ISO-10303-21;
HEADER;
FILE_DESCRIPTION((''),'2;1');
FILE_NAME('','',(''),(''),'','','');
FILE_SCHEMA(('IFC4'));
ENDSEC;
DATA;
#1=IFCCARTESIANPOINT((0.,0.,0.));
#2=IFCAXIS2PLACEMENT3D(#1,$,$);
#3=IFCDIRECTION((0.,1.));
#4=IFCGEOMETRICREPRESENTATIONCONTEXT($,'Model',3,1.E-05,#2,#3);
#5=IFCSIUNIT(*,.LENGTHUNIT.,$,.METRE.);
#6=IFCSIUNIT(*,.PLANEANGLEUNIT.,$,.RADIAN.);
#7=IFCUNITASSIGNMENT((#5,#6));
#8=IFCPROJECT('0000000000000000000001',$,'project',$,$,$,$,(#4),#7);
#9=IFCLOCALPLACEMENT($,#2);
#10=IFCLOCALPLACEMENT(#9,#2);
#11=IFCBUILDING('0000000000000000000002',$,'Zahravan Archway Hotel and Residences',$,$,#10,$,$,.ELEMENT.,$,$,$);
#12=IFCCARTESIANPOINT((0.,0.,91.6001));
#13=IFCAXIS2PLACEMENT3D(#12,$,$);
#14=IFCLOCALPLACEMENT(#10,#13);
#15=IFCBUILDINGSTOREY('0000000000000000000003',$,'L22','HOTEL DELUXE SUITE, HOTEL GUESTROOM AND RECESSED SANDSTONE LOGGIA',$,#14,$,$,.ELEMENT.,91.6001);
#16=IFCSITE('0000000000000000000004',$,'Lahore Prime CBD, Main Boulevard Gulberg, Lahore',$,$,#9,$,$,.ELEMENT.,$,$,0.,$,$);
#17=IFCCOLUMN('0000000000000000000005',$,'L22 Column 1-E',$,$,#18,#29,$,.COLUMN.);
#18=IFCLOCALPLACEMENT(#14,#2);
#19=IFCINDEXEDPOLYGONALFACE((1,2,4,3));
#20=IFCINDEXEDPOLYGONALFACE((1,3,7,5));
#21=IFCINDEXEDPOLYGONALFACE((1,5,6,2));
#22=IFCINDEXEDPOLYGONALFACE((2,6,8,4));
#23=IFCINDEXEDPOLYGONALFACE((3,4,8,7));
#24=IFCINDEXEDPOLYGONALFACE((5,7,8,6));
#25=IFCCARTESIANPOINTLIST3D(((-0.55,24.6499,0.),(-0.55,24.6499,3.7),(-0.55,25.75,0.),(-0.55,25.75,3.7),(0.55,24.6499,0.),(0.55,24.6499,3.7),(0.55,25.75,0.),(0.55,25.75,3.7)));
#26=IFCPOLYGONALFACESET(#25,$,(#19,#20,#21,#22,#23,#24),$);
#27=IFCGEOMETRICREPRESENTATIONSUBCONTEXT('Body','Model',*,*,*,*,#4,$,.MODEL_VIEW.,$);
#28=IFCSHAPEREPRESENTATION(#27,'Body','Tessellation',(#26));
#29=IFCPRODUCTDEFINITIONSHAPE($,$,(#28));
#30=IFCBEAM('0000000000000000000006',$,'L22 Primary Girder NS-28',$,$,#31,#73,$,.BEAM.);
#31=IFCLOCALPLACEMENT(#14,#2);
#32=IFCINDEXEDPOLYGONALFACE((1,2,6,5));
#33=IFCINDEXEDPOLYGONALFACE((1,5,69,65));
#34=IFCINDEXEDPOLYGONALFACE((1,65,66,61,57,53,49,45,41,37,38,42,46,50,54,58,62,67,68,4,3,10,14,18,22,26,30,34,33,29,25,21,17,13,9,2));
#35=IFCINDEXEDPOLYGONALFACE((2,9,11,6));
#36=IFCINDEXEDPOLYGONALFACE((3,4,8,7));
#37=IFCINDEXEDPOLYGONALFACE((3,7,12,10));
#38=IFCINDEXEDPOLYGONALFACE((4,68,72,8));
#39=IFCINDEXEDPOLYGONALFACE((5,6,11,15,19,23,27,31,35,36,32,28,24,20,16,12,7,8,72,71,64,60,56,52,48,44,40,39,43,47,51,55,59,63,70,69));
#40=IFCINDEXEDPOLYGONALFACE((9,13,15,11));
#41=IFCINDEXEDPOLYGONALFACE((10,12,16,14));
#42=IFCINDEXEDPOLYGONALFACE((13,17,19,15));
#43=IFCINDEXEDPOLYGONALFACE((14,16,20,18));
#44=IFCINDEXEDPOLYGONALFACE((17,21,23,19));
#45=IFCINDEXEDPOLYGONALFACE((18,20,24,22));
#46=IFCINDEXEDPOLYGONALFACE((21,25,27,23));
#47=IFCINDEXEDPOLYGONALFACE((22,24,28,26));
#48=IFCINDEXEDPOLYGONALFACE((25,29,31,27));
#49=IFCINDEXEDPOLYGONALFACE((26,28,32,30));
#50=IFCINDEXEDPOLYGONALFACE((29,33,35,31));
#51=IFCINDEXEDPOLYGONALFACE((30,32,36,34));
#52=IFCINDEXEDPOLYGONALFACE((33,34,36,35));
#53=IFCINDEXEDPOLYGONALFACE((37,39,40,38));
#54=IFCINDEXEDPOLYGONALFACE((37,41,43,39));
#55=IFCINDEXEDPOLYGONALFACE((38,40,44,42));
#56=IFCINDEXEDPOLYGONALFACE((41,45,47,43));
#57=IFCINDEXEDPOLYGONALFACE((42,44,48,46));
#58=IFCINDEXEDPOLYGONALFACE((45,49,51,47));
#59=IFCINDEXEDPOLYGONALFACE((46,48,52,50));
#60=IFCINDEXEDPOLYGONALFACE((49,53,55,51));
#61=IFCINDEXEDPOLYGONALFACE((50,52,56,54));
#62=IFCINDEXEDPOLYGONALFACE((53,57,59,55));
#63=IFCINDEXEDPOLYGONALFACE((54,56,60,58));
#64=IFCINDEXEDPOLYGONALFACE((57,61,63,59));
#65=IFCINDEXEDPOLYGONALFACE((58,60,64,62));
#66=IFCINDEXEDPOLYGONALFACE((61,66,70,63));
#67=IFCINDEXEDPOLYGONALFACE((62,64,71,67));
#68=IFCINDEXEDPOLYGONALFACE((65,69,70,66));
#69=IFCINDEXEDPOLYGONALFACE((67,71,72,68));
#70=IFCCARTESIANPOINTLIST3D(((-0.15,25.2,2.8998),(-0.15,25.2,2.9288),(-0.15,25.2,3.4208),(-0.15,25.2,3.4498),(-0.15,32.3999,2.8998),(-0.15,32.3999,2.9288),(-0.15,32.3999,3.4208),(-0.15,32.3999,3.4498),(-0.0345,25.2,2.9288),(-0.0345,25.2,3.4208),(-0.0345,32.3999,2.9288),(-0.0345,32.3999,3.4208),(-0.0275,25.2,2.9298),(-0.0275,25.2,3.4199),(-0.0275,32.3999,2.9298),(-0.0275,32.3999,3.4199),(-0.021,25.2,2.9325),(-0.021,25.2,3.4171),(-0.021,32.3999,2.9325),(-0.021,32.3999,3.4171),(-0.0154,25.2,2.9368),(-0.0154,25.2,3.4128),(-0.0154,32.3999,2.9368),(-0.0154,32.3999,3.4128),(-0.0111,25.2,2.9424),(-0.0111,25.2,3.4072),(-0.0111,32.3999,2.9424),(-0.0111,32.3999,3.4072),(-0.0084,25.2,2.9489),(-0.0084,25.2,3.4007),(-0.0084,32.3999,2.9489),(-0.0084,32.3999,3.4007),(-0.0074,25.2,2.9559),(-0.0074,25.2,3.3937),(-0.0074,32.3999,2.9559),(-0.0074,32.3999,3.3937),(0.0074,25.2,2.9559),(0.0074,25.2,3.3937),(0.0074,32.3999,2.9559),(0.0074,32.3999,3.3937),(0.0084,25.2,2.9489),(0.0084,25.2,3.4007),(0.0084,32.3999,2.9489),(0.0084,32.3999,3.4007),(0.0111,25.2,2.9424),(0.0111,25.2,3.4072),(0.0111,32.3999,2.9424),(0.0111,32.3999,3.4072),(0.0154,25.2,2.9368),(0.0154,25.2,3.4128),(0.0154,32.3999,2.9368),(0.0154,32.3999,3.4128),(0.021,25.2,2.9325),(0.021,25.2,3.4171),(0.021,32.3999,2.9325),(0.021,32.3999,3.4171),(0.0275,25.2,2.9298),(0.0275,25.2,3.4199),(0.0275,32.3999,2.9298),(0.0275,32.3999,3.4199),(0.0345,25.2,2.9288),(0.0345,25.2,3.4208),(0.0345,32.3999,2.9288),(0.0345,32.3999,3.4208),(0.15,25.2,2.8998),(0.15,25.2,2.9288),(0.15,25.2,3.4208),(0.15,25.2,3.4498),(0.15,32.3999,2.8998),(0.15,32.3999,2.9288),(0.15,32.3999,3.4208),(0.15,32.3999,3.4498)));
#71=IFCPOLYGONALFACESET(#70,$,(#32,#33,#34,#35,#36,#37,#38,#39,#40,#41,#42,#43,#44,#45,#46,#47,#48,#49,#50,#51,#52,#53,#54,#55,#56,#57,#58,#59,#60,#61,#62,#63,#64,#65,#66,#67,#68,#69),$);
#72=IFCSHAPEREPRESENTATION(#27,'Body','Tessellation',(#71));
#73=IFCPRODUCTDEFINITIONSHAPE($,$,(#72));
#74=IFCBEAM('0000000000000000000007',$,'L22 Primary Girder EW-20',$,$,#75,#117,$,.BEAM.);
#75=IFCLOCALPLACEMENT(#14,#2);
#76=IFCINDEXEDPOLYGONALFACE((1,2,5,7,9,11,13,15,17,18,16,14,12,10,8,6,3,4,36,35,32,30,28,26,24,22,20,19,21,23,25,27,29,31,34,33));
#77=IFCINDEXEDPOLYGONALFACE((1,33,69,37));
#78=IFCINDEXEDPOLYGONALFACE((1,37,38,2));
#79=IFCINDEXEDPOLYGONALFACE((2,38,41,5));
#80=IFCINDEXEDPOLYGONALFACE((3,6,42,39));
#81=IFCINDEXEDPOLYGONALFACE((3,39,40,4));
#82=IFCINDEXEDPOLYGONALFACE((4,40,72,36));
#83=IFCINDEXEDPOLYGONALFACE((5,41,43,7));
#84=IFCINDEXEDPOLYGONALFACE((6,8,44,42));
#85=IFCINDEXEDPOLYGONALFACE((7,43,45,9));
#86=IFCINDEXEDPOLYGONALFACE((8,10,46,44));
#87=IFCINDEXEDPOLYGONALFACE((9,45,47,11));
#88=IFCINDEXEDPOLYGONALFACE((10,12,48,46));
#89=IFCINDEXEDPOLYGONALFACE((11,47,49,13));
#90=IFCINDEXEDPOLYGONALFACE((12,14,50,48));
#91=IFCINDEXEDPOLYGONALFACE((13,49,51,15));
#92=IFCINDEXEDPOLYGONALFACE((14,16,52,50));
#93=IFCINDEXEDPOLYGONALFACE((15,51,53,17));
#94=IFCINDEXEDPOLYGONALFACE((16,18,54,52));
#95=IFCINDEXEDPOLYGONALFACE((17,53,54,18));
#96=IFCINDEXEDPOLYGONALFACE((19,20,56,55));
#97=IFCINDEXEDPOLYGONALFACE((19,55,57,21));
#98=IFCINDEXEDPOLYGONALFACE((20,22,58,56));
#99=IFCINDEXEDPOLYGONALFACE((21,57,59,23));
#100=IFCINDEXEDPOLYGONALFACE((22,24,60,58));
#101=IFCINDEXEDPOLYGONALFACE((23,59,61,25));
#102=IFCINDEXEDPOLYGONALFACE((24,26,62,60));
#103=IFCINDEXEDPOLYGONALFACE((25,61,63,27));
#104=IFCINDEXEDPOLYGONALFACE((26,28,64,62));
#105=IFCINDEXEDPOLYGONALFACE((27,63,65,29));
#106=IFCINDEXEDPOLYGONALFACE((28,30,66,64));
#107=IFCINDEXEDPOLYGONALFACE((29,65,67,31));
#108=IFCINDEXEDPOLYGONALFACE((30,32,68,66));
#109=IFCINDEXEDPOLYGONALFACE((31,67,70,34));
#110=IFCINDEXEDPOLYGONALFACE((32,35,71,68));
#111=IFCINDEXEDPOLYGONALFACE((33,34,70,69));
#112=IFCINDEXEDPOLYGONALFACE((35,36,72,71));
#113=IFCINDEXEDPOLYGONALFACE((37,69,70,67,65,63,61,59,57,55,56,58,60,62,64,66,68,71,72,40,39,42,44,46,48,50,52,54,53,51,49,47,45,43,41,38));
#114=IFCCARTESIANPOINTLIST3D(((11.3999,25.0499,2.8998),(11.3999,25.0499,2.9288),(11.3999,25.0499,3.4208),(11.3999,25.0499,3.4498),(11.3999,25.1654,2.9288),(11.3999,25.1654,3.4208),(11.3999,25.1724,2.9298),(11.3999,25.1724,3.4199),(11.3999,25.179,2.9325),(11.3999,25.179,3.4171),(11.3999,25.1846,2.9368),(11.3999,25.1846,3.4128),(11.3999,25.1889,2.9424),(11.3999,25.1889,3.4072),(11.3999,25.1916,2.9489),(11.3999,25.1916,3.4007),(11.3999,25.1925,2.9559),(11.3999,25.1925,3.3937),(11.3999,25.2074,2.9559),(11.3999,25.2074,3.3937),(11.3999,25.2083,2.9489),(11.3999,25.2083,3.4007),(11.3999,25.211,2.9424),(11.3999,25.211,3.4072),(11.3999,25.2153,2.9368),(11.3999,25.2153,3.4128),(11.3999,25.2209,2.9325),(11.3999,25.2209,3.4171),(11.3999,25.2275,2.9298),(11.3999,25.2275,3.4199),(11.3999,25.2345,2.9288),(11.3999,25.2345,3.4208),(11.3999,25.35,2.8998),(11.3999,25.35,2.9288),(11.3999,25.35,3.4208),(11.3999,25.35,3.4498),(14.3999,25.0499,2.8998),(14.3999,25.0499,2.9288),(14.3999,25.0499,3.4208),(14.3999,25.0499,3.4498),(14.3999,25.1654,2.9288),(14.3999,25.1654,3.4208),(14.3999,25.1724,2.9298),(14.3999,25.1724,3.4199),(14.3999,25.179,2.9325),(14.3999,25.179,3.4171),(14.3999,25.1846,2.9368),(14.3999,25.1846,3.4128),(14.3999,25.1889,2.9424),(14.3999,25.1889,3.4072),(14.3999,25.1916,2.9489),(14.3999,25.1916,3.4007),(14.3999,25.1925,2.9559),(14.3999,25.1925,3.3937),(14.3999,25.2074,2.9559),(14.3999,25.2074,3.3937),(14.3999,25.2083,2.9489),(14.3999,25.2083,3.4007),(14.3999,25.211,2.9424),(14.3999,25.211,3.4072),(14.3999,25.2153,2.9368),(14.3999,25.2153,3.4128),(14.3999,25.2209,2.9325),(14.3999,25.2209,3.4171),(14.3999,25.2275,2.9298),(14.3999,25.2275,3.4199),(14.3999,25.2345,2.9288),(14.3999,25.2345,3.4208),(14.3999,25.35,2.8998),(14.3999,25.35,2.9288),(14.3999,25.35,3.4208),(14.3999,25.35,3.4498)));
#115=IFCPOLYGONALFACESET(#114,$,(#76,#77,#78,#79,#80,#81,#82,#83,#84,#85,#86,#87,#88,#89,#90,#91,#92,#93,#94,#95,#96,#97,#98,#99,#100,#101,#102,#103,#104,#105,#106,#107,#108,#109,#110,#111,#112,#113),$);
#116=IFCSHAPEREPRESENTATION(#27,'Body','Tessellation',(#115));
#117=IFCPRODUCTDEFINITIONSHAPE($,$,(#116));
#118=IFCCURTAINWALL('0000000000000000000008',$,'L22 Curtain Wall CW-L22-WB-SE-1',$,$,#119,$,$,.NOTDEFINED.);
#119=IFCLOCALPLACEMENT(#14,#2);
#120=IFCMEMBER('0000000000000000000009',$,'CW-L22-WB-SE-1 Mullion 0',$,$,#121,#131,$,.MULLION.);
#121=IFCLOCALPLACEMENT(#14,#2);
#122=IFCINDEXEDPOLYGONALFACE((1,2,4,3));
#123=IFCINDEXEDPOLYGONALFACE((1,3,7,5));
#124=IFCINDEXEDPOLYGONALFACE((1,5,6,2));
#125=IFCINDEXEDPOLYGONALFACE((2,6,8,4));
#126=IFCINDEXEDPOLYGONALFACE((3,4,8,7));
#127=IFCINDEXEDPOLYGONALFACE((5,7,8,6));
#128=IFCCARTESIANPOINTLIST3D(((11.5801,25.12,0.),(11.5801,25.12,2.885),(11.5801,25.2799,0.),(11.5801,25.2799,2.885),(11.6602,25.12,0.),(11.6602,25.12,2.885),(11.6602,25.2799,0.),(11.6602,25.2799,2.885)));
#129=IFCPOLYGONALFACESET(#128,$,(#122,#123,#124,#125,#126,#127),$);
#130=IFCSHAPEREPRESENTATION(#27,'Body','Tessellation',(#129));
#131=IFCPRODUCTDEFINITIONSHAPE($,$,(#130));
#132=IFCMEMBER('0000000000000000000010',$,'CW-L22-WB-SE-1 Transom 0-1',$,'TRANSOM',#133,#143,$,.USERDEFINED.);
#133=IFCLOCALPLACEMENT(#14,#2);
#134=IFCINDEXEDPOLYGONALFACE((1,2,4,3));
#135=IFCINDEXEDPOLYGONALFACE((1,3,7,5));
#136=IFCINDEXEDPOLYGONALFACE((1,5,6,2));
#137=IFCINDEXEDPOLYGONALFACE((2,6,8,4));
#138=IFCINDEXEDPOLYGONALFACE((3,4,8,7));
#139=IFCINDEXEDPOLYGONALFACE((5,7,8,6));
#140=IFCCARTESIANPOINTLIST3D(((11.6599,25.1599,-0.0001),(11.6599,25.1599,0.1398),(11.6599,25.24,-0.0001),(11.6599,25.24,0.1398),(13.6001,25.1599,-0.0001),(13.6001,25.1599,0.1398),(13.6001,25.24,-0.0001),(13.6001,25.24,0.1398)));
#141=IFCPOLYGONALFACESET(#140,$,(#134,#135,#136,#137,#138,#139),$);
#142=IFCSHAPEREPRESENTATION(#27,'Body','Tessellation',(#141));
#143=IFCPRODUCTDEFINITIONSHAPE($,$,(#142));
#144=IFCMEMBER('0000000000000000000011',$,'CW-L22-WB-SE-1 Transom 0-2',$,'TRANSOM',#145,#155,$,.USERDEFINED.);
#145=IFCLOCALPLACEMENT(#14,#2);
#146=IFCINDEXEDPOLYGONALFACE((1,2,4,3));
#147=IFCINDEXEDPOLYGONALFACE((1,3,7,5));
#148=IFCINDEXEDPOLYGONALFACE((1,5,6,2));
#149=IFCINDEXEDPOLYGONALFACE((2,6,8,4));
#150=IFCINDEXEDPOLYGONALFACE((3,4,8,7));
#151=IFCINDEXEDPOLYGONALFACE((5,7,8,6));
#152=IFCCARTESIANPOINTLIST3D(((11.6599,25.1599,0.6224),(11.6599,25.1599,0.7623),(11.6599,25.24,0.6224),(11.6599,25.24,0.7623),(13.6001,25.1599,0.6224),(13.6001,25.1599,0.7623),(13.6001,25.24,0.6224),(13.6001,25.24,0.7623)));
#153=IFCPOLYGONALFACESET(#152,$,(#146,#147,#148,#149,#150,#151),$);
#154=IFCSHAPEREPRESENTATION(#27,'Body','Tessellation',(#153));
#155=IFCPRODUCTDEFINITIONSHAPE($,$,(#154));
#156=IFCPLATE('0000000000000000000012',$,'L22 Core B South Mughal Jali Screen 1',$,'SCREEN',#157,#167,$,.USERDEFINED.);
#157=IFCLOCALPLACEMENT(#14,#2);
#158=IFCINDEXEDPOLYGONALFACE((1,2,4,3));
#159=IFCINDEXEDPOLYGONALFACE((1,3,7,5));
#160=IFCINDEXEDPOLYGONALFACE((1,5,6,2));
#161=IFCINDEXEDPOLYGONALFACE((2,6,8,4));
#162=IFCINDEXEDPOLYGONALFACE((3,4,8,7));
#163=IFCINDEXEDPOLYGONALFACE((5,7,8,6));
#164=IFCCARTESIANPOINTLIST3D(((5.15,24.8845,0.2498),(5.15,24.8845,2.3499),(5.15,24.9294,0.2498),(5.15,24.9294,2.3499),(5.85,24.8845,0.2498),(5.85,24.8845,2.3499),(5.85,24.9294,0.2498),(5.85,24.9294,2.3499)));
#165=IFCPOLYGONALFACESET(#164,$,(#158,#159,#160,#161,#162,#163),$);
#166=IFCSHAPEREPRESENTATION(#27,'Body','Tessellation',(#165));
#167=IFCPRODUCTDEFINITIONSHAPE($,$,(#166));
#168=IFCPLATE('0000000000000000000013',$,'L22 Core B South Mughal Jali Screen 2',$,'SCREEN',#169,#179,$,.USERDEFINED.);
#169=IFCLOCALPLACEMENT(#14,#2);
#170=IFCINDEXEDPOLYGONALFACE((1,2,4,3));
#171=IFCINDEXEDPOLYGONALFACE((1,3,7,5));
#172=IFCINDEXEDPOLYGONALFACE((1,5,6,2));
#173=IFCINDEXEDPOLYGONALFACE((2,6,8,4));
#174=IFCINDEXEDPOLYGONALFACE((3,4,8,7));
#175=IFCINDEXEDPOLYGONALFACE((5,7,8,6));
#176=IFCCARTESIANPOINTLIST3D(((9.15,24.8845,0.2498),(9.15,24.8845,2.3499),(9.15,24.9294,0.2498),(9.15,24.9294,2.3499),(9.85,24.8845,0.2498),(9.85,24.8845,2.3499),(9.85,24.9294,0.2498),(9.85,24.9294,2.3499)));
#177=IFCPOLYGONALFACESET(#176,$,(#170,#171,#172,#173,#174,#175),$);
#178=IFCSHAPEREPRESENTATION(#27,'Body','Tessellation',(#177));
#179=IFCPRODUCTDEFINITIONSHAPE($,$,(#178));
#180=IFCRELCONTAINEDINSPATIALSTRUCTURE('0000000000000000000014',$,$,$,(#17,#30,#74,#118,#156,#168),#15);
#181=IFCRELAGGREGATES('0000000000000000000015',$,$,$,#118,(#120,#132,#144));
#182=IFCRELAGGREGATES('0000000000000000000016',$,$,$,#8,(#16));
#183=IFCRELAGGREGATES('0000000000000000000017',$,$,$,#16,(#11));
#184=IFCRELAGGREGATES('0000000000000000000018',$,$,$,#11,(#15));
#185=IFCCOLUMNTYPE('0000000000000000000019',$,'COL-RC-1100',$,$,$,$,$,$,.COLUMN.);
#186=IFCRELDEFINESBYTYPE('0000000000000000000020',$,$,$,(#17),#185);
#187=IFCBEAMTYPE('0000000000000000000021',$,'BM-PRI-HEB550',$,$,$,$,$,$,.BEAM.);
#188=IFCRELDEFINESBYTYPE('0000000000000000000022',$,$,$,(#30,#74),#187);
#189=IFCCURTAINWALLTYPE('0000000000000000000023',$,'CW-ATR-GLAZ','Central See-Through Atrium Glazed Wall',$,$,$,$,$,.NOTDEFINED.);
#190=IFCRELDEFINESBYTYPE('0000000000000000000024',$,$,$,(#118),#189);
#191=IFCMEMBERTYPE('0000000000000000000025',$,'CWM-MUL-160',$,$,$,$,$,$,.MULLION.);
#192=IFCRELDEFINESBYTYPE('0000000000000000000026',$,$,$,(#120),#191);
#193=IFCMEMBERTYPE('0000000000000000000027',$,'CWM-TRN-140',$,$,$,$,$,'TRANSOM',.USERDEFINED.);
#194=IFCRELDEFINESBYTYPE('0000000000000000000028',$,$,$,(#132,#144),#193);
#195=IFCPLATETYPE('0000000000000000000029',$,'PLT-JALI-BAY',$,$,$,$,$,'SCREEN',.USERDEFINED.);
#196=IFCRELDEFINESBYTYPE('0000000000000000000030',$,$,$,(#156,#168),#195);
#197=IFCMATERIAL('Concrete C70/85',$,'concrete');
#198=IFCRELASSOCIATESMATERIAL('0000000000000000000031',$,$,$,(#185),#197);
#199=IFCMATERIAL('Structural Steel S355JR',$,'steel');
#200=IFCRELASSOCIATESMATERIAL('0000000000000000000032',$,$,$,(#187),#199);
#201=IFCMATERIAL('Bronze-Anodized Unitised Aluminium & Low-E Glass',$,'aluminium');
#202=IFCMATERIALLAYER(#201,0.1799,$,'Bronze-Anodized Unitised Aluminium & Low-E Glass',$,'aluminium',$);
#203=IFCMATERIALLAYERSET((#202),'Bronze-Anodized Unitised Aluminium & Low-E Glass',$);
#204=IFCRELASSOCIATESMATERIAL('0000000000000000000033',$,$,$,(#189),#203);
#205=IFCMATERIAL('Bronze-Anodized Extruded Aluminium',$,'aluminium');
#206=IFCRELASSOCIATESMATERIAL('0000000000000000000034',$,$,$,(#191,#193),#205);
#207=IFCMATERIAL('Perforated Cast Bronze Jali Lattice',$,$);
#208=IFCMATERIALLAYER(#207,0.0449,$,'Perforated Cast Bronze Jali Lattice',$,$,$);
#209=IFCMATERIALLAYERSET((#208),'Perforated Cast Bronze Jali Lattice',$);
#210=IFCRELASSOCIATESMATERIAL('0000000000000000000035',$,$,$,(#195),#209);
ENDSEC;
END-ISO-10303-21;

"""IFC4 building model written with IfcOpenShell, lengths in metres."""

from ifc_helpers import new_model, si_unit, direction, frame, origin, origin_2d, place, context, subcontext, project, spatial, rectangle, i_section, extrude, source, transform, mapped, material, layer, layer_set, material_profile, profile_set, type_object, type_shapes, element, aggregate, save


model = new_model("IFC4")

# Units and contexts
model_context = context("Model", 3, precision=1e-05, world=origin(), true_north=direction((0.0, 1.0)))
body_context = subcontext(model_context, "Body", "Model", "MODEL_VIEW")
ifc_project = project(units=[si_unit("LENGTHUNIT", "METRE"), si_unit("PLANEANGLEUNIT", "RADIAN")], contexts=[model_context])

# Site, building, storey
site_placement = place(None, origin())
site = spatial("IfcSite", under=ifc_project, at=site_placement, Name="Lahore Prime CBD, Main Boulevard Gulberg, Lahore", CompositionType="ELEMENT", RefElevation=0.0)
building_placement = place(site_placement, origin())
building = spatial("IfcBuilding", under=site, at=building_placement, Name="Zahravan Archway Hotel and Residences", CompositionType="ELEMENT")
storey_placement = place(building_placement, frame((0.0, 0.0, 91.6001)))
storey = spatial("IfcBuildingStorey", under=building, at=storey_placement, Name="L22", Description="HOTEL DELUXE SUITE, HOTEL GUESTROOM AND RECESSED SANDSTONE LOGGIA", CompositionType="ELEMENT", Elevation=91.6001)

# Column
ifc_material_1 = material(Name="Concrete C70/85", Category="concrete")
ifc_material_profile_1 = material_profile(ifc_material_1, rectangle(XDim=1.1001, YDim=1.1001, at=origin_2d()), Name="RC 1100x1100", Category="concrete")
ifc_profile_set_1 = profile_set([ifc_material_profile_1], Name="Concrete C70/85")
column_type = type_object("IfcColumnType", Name="COL-RC-1100", PredefinedType="COLUMN", material=ifc_profile_set_1)
shared_shape_1 = source(origin(), body_context, "Body", "SweptSolid", [
    extrude(rectangle(XDim=1.1001, YDim=1.1001, at=origin_2d()), origin(), (0.0, 0.0, 1.0), 3.7),
])
column_placement = place(storey_placement, frame((0.0, 25.2, 0.0), z_axis=(0.0, 0.0, 1.0), x_axis=(1.0, 0.0, 0.0)))
element("IfcColumn", 1, at=column_placement, inside=storey, type_object=column_type, Name="L22 Column 1-E", PredefinedType="COLUMN", context=body_context, shape_type="MappedRepresentation", body=[
    mapped(shared_shape_1, transform((0.0, 0.0, 0.0), scale=1.0)),
])

# Beams
ifc_material_2 = material(Name="Structural Steel S355JR", Category="steel")
ifc_material_profile_2 = material_profile(ifc_material_2, i_section(OverallWidth=0.3, OverallDepth=0.55, WebThickness=0.0149, FlangeThickness=0.0291, FilletRadius=0.0271, at=origin_2d()), Name="HEB 550", Category="steel")
ifc_profile_set_2 = profile_set([ifc_material_profile_2], Name="Structural Steel S355JR")
beam_type = type_object("IfcBeamType", Name="BM-PRI-HEB550", PredefinedType="BEAM", material=ifc_profile_set_2)
shared_shape_2 = source(origin(), body_context, "Body", "SweptSolid", [
    extrude(i_section(OverallWidth=0.3, OverallDepth=0.55, WebThickness=0.0149, FlangeThickness=0.0291, FilletRadius=0.0271, at=origin_2d()), origin(), (0.0, 0.0, 1.0), 7.2),
])
beam_1_placement = place(storey_placement, frame((0.0, 25.2, 3.1748), z_axis=(0.0, 1.0, 0.0), x_axis=(-1.0, 0.0, 0.0)))
element("IfcBeam", 2, at=beam_1_placement, inside=storey, type_object=beam_type, Name="L22 Primary Girder NS-28", PredefinedType="BEAM", context=body_context, shape_type="MappedRepresentation", body=[
    mapped(shared_shape_2, transform((0.0, 0.0, 0.0), scale=1.0)),
])
shared_shape_3 = source(origin(), body_context, "Body", "SweptSolid", [
    extrude(i_section(OverallWidth=0.3, OverallDepth=0.55, WebThickness=0.0149, FlangeThickness=0.0291, FilletRadius=0.0271, at=origin_2d()), origin(), (0.0, 0.0, 1.0), 3.0),
])
beam_2_placement = place(storey_placement, frame((11.3999, 25.2, 3.1748), z_axis=(1.0, 0.0, 0.0), x_axis=(0.0, 1.0, 0.0)))
element("IfcBeam", 3, at=beam_2_placement, inside=storey, type_object=beam_type, Name="L22 Primary Girder EW-20", PredefinedType="BEAM", context=body_context, shape_type="MappedRepresentation", body=[
    mapped(shared_shape_3, transform((0.0, 0.0, 0.0), scale=1.0)),
])

# Curtain wall, members
ifc_material_3 = material(Name="Bronze-Anodized Unitised Aluminium & Low-E Glass", Category="aluminium")
ifc_layer_1 = layer(ifc_material_3, 0.1799, Name="Bronze-Anodized Unitised Aluminium & Low-E Glass", Category="aluminium")
ifc_layer_set_1 = layer_set([ifc_layer_1], Name="Bronze-Anodized Unitised Aluminium & Low-E Glass")
curtain_wall_type = type_object("IfcCurtainWallType", Name="CW-ATR-GLAZ", Description="Central See-Through Atrium Glazed Wall", PredefinedType="NOTDEFINED", material=ifc_layer_set_1)
curtain_wall_placement = place(storey_placement, origin())
curtain_wall = element("IfcCurtainWall", 4, at=curtain_wall_placement, inside=storey, type_object=curtain_wall_type, Name="L22 Curtain Wall CW-L22-WB-SE-1", PredefinedType="NOTDEFINED")
ifc_material_4 = material(Name="Bronze-Anodized Extruded Aluminium", Category="aluminium")
ifc_material_profile_3 = material_profile(ifc_material_4, rectangle(XDim=0.0801, YDim=0.1599, at=origin_2d()), Name="MUL 80x160", Category="aluminium")
ifc_profile_set_3 = profile_set([ifc_material_profile_3], Name="Bronze-Anodized Extruded Aluminium")
member_type_1 = type_object("IfcMemberType", Name="CWM-MUL-160", PredefinedType="MULLION", material=ifc_profile_set_3)
shared_shape_4 = source(origin(), body_context, "Body", "SweptSolid", [
    extrude(rectangle(XDim=0.0801, YDim=0.1599, at=origin_2d()), origin(), (0.0, 0.0, 1.0), 2.885),
])
member_1_placement = place(storey_placement, frame((11.6201, 25.2, 0.0), z_axis=(0.0, 0.0, 1.0), x_axis=(1.0, 0.0, 0.0)))
member_1 = element("IfcMember", 5, at=member_1_placement, type_object=member_type_1, Name="CW-L22-WB-SE-1 Mullion 0", PredefinedType="MULLION", context=body_context, shape_type="MappedRepresentation", body=[
    mapped(shared_shape_4, transform((0.0, 0.0, 0.0), scale=1.0)),
])
ifc_material_profile_4 = material_profile(ifc_material_4, rectangle(XDim=0.0801, YDim=0.1399, at=origin_2d()), Name="TRN 80x140", Category="aluminium")
ifc_profile_set_4 = profile_set([ifc_material_profile_4], Name="Bronze-Anodized Extruded Aluminium")
member_type_2 = type_object("IfcMemberType", Name="CWM-TRN-140", ElementType="TRANSOM", PredefinedType="USERDEFINED", material=ifc_profile_set_4)
shared_shape_5 = source(origin(), body_context, "Body", "SweptSolid", [
    extrude(rectangle(XDim=0.0801, YDim=0.1399, at=origin_2d()), origin(), (0.0, 0.0, 1.0), 1.9402),
])
member_2_placement = place(storey_placement, frame((11.6599, 25.2, 0.0698), z_axis=(1.0, 0.0, 0.0), x_axis=(0.0, 1.0, 0.0)))
member_2 = element("IfcMember", 6, at=member_2_placement, type_object=member_type_2, Name="CW-L22-WB-SE-1 Transom 0-1", ObjectType="TRANSOM", PredefinedType="USERDEFINED", context=body_context, shape_type="MappedRepresentation", body=[
    mapped(shared_shape_5, transform((0.0, 0.0, 0.0), scale=1.0)),
])
member_3_placement = place(storey_placement, frame((11.6599, 25.2, 0.6924), z_axis=(1.0, 0.0, 0.0), x_axis=(0.0, 1.0, 0.0)))
member_3 = element("IfcMember", 7, at=member_3_placement, type_object=member_type_2, Name="CW-L22-WB-SE-1 Transom 0-2", ObjectType="TRANSOM", PredefinedType="USERDEFINED", context=body_context, shape_type="MappedRepresentation", body=[
    mapped(shared_shape_5, transform((0.0, 0.0, 0.0), scale=1.0)),
])
aggregate(curtain_wall, [member_1, member_2, member_3])

# Plates
ifc_material_5 = material(Name="Perforated Cast Bronze Jali Lattice")
ifc_layer_2 = layer(ifc_material_5, 0.0449, Name="Perforated Cast Bronze Jali Lattice")
ifc_layer_set_2 = layer_set([ifc_layer_2], Name="Perforated Cast Bronze Jali Lattice")
plate_type = type_object("IfcPlateType", Name="PLT-JALI-BAY", ElementType="SCREEN", PredefinedType="USERDEFINED", material=ifc_layer_set_2)
shared_shape_6 = source(origin(), body_context, "Body", "SweptSolid", [
    extrude(rectangle(XDim=0.7, YDim=0.0449, at=origin_2d()), origin(), (0.0, 0.0, 1.0), 2.1001),
])
type_shapes(plate_type, [shared_shape_6])
for number, where, z_axis, x_axis, name in (
    (8, (5.5, 24.907, 0.2498), (0.0, 0.0, 1.0), (1.0, 0.0, 0.0), "L22 Core B South Mughal Jali Screen 1"),
    (9, (9.5, 24.907, 0.2498), (0.0, 0.0, 1.0), (1.0, 0.0, 0.0), "L22 Core B South Mughal Jali Screen 2"),
):
    element("IfcPlate", number, at=place(storey_placement, frame(where, z_axis=z_axis, x_axis=x_axis)), inside=storey, type_object=plate_type, Name=name, ObjectType="SCREEN", PredefinedType="USERDEFINED", context=body_context, shape_type="MappedRepresentation", body=[
        mapped(shared_shape_6, transform((0.0, 0.0, 0.0), scale=1.0)),
    ])

save(model, "model.ifc")
